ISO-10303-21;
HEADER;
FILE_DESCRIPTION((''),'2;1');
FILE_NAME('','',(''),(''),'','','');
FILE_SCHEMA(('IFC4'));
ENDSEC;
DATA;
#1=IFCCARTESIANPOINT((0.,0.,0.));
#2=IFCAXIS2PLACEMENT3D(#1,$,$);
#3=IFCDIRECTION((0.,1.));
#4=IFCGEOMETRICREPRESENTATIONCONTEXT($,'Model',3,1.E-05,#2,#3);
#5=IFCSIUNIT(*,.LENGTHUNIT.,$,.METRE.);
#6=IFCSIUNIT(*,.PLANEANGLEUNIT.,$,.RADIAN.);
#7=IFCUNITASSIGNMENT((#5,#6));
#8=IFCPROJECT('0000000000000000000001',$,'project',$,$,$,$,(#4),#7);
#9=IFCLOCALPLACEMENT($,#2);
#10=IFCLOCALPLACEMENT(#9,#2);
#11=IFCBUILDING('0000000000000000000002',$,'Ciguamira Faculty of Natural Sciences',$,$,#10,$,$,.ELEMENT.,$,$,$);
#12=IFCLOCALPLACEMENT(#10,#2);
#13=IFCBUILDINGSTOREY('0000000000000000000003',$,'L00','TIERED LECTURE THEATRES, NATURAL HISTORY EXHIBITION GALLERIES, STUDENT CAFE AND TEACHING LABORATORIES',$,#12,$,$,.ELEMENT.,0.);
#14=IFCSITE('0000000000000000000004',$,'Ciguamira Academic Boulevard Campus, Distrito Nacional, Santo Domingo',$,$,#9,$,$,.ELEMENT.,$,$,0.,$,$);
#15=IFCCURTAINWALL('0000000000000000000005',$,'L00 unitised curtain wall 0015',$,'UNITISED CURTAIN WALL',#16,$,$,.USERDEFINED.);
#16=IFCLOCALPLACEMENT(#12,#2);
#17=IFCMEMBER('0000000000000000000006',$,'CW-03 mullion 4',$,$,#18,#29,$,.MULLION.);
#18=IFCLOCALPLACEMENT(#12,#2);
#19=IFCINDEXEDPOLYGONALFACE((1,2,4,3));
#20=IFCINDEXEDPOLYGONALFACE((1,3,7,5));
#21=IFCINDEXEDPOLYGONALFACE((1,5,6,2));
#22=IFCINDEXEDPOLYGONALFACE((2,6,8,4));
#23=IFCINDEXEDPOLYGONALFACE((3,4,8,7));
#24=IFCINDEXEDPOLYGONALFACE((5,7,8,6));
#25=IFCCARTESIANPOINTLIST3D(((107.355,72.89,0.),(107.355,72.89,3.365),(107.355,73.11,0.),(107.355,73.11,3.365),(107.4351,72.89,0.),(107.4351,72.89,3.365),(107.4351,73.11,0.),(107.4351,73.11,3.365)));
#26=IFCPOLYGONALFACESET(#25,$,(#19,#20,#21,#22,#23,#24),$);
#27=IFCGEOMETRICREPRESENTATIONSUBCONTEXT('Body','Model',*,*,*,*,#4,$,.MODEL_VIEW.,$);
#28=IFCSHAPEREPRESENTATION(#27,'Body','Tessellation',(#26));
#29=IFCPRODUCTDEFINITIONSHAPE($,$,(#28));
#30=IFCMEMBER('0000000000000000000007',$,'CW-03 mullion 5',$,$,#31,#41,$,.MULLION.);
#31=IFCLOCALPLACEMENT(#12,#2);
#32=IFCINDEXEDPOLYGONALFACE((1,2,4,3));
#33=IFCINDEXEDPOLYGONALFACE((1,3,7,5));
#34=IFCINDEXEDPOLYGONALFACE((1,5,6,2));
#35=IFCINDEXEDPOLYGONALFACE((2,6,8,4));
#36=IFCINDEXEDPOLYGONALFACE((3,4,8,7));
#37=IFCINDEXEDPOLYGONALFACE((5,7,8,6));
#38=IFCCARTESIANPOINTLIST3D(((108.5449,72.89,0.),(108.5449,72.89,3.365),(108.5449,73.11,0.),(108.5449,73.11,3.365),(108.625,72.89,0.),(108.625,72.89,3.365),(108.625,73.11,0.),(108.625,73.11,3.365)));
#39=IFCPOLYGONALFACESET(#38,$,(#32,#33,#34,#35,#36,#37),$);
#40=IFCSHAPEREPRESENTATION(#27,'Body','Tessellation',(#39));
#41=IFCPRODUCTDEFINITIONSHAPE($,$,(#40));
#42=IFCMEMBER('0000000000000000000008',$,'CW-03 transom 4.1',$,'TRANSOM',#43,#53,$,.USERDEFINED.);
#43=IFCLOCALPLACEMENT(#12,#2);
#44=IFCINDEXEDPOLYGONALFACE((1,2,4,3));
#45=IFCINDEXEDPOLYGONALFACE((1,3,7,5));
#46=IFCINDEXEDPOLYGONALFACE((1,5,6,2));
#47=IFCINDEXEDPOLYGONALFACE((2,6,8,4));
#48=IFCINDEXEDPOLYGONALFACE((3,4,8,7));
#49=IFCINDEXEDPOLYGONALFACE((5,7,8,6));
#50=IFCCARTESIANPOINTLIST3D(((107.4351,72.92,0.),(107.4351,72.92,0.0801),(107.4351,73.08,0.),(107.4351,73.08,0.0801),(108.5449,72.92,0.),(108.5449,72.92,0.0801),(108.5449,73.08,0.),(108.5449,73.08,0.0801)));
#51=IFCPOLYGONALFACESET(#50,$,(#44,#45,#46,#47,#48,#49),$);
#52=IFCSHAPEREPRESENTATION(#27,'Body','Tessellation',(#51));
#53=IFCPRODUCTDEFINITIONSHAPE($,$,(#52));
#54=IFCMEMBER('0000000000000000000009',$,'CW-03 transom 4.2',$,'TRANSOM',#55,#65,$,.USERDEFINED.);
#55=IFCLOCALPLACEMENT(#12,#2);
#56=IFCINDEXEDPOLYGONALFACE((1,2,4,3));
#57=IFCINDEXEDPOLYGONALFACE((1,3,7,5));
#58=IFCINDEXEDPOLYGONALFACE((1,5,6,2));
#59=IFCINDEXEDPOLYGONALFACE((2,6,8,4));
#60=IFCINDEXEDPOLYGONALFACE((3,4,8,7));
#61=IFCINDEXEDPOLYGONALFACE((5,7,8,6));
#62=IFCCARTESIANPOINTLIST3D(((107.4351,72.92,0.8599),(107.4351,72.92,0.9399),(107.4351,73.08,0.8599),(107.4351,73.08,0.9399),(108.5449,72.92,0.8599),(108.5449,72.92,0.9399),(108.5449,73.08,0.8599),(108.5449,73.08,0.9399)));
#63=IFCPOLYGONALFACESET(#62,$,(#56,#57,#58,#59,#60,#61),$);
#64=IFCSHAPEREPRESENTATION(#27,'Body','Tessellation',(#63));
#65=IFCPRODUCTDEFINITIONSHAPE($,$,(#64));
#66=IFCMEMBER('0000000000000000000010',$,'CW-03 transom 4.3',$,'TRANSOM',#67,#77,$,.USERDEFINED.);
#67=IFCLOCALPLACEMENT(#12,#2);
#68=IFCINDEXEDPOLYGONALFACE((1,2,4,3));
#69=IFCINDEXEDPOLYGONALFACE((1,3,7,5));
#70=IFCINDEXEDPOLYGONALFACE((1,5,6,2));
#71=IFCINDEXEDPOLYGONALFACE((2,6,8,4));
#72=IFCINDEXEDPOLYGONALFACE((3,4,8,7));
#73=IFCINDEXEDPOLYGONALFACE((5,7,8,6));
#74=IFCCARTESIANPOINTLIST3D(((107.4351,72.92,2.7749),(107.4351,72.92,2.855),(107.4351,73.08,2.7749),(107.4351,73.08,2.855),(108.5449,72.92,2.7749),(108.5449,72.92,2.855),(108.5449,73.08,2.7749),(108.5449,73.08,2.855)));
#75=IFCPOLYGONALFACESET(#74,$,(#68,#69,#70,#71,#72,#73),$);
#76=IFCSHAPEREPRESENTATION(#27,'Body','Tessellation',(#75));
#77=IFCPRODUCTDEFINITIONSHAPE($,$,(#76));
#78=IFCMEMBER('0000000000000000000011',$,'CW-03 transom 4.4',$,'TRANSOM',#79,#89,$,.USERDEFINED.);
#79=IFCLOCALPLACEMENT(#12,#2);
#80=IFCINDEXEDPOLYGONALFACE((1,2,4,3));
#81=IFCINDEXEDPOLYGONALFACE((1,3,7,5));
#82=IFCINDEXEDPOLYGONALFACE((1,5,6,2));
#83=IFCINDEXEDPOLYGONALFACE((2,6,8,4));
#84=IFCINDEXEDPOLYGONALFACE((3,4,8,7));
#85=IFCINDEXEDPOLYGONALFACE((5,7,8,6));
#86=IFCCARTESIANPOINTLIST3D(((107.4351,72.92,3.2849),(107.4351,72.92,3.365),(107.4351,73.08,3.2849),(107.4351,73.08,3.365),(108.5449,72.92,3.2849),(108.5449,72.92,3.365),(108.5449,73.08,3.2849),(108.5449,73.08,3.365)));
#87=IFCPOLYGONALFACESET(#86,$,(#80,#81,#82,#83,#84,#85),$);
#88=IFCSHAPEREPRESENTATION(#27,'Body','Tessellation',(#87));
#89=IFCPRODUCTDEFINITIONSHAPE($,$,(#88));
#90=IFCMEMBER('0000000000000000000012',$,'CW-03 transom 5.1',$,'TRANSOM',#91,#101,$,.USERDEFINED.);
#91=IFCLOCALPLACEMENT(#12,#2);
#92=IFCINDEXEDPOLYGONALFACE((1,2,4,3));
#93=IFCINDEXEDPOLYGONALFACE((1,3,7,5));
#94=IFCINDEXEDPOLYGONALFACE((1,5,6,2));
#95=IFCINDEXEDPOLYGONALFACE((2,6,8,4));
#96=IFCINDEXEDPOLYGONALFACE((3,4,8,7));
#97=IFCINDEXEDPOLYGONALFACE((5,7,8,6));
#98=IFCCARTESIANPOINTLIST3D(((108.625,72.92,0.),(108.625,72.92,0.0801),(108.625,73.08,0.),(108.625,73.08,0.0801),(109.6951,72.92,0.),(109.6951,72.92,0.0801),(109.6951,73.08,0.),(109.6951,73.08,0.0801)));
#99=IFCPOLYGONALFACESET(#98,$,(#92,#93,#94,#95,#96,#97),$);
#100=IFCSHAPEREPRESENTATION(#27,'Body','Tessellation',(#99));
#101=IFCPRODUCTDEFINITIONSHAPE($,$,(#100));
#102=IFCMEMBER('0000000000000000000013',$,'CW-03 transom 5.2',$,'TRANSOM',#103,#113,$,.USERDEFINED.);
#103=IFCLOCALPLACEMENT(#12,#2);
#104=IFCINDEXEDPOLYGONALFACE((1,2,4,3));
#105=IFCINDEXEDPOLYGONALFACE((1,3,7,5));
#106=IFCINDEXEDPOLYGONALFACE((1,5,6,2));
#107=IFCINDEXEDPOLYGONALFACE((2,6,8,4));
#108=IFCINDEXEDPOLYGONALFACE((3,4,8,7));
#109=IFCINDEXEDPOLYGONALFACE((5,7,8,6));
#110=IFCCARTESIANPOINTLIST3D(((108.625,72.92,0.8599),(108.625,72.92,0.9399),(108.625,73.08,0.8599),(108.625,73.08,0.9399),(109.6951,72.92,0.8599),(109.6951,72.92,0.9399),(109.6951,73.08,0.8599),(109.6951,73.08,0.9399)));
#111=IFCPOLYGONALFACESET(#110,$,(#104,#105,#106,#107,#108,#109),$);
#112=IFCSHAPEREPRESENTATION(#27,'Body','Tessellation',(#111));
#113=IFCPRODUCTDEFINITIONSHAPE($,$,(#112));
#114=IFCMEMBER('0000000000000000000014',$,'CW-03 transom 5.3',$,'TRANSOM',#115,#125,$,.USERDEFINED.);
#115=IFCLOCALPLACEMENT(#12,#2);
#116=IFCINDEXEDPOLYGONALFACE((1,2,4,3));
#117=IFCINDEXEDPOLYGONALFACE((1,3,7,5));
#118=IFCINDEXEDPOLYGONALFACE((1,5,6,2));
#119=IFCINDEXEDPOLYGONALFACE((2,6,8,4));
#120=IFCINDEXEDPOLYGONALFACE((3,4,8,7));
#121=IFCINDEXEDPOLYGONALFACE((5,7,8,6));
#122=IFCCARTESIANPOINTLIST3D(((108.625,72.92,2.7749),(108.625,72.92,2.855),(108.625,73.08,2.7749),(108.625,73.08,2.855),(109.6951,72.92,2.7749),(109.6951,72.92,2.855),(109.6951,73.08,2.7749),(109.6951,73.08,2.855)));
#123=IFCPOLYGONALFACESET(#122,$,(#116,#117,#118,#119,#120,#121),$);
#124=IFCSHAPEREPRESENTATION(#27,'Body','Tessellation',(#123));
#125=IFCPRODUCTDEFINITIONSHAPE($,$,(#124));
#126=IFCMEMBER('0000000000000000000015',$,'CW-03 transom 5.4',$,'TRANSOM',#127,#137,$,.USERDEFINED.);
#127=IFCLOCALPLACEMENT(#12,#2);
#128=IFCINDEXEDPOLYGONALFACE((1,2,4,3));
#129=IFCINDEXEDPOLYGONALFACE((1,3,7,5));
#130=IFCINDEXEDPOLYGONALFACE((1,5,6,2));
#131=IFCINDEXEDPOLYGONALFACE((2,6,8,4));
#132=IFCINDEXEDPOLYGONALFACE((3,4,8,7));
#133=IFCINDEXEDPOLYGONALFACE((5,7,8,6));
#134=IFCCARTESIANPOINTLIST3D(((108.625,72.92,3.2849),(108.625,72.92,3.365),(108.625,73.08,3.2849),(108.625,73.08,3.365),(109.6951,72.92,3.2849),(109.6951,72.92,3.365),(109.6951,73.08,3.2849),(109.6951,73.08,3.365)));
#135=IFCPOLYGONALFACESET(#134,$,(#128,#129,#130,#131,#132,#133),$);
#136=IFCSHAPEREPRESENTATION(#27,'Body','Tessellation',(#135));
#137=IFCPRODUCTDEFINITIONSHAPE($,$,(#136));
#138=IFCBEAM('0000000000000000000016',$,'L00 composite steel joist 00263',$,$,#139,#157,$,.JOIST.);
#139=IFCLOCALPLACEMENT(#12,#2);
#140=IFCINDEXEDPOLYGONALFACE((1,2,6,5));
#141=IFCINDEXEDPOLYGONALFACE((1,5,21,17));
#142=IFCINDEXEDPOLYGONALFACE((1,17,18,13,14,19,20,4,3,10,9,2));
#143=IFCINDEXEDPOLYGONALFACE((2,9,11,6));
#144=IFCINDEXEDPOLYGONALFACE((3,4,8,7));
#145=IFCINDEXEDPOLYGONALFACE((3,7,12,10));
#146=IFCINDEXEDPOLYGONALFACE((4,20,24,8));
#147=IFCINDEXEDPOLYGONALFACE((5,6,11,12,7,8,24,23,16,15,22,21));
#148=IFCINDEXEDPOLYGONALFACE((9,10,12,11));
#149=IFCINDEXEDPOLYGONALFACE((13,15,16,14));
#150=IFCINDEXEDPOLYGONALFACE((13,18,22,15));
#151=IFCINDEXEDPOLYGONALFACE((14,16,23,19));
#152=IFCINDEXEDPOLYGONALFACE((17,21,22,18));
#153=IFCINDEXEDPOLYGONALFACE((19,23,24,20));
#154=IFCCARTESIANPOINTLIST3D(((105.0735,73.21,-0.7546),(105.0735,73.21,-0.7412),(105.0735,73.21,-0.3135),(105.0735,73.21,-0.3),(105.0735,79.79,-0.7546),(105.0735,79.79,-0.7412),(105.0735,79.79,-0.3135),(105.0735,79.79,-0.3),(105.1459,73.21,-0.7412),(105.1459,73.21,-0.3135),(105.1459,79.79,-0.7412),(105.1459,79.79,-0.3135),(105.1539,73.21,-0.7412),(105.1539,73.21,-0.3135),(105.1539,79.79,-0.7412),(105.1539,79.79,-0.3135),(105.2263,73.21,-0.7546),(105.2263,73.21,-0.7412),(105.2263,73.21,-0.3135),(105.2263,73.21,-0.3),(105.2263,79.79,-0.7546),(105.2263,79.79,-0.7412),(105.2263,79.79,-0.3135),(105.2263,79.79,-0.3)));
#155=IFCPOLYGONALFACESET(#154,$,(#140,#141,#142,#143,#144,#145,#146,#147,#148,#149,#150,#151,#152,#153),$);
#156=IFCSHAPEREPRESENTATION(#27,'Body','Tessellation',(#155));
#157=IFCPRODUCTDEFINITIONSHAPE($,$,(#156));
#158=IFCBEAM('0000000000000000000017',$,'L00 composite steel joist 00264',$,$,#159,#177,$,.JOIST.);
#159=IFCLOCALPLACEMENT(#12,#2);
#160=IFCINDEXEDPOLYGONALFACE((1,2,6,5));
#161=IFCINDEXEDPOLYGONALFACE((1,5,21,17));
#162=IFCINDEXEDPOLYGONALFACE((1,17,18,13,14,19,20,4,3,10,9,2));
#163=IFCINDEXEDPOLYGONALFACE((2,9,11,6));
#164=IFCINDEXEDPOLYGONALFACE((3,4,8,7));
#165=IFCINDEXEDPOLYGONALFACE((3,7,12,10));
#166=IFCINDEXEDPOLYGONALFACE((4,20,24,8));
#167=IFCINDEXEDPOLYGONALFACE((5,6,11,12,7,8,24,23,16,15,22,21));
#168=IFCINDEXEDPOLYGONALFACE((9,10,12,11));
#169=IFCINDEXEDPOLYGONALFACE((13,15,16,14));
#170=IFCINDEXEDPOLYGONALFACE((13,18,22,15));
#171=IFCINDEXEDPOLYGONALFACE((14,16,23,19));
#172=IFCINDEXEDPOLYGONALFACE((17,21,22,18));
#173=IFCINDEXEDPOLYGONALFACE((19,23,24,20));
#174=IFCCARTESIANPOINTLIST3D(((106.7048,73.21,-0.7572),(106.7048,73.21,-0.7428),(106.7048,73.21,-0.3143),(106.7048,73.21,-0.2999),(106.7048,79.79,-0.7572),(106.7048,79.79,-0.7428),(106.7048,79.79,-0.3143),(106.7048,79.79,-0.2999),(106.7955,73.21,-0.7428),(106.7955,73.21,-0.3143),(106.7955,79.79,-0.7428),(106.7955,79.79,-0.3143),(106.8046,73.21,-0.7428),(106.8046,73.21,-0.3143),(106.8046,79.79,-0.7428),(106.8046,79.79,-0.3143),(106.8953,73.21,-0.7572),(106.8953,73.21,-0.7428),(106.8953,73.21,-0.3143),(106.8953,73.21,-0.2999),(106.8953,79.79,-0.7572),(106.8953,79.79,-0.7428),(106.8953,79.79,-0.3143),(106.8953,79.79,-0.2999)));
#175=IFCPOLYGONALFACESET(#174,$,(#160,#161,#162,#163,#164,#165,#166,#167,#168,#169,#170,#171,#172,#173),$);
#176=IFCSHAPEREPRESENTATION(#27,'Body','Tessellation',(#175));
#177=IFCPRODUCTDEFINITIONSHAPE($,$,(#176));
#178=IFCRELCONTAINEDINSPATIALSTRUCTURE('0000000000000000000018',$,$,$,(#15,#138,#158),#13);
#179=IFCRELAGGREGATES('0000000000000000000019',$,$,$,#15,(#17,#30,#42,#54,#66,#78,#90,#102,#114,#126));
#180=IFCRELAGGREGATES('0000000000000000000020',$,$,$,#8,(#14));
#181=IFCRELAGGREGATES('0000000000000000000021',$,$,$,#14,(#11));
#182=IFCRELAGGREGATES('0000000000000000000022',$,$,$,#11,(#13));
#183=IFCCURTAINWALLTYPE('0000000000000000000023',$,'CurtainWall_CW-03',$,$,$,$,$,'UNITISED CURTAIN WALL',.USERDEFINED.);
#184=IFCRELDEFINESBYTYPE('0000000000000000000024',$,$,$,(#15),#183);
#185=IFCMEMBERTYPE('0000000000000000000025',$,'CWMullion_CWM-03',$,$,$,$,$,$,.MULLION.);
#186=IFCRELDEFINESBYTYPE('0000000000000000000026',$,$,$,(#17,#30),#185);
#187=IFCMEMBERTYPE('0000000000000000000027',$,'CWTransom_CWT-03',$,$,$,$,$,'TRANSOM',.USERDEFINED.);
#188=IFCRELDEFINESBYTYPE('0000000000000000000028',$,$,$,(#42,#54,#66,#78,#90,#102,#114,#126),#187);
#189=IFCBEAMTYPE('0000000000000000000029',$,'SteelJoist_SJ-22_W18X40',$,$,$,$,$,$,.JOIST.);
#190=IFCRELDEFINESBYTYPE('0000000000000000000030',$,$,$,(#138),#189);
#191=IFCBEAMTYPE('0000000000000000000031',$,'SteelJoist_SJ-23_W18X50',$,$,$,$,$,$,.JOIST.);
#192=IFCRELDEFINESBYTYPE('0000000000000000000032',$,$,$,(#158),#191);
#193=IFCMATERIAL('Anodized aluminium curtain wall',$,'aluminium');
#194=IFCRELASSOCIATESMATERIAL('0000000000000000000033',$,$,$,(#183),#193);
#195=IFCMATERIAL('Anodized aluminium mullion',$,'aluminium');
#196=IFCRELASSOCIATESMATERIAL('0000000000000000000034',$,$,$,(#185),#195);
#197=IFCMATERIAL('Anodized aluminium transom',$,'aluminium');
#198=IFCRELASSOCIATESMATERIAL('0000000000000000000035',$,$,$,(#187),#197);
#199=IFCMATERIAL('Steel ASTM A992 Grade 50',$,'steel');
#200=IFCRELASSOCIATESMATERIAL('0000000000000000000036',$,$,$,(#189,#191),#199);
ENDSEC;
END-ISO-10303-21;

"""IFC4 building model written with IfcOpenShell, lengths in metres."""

from ifc_helpers import new_model, si_unit, direction, frame, origin, origin_2d, place, context, subcontext, project, spatial, rectangle, i_section, extrude, material, material_profile, profile_set, type_object, element, aggregate, save


model = new_model("IFC4")

# Units and contexts
model_context = context("Model", 3, precision=1e-05, world=origin(), true_north=direction((0.0, 1.0)))
body_context = subcontext(model_context, "Body", "Model", "MODEL_VIEW")
ifc_project = project(units=[si_unit("LENGTHUNIT", "METRE"), si_unit("PLANEANGLEUNIT", "RADIAN")], contexts=[model_context])

# Site, building, storey
site_placement = place(None, origin())
site = spatial("IfcSite", under=ifc_project, at=site_placement, Name="Ciguamira Academic Boulevard Campus, Distrito Nacional, Santo Domingo", CompositionType="ELEMENT", RefElevation=0.0)
building_placement = place(site_placement, origin())
building = spatial("IfcBuilding", under=site, at=building_placement, Name="Ciguamira Faculty of Natural Sciences", CompositionType="ELEMENT")
storey_placement = place(building_placement, origin())
storey = spatial("IfcBuildingStorey", under=building, at=storey_placement, Name="L00", Description="TIERED LECTURE THEATRES, NATURAL HISTORY EXHIBITION GALLERIES, STUDENT CAFE AND TEACHING LABORATORIES", CompositionType="ELEMENT", Elevation=0.0)

# Curtain wall, members
ifc_material_1 = material(Name="Anodized aluminium curtain wall", Category="aluminium")
curtain_wall_type = type_object("IfcCurtainWallType", Name="CurtainWall_CW-03", ElementType="UNITISED CURTAIN WALL", PredefinedType="USERDEFINED", material=ifc_material_1)
curtain_wall_placement = place(storey_placement, origin())
curtain_wall = element("IfcCurtainWall", 1, at=curtain_wall_placement, inside=storey, type_object=curtain_wall_type, Name="L00 unitised curtain wall 0015", ObjectType="UNITISED CURTAIN WALL", PredefinedType="USERDEFINED")
ifc_material_2 = material(Name="Anodized aluminium mullion", Category="aluminium")
ifc_material_profile_1 = material_profile(ifc_material_2, rectangle(XDim=0.0801, YDim=0.22, at=origin_2d()), Name="ALU-MUL-80X220")
ifc_profile_set_1 = profile_set([ifc_material_profile_1], Name="Anodized aluminium mullion")
member_type_1 = type_object("IfcMemberType", Name="CWMullion_CWM-03", PredefinedType="MULLION", material=ifc_profile_set_1)
member_1_placement = place(storey_placement, frame((107.395, 73.0, 0.0), z_axis=(0.0, 0.0, 1.0), x_axis=(1.0, 0.0, 0.0)))
member_1 = element("IfcMember", 2, at=member_1_placement, type_object=member_type_1, Name="CW-03 mullion 4", PredefinedType="MULLION", context=body_context, shape_type="SweptSolid", body=[
    extrude(rectangle(XDim=0.0801, YDim=0.22, at=origin_2d()), origin(), (0.0, 0.0, 1.0), 3.365),
])
member_2_placement = place(storey_placement, frame((108.585, 73.0, 0.0), z_axis=(0.0, 0.0, 1.0), x_axis=(1.0, 0.0, 0.0)))
member_2 = element("IfcMember", 3, at=member_2_placement, type_object=member_type_1, Name="CW-03 mullion 5", PredefinedType="MULLION", context=body_context, shape_type="SweptSolid", body=[
    extrude(rectangle(XDim=0.0801, YDim=0.22, at=origin_2d()), origin(), (0.0, 0.0, 1.0), 3.365),
])
ifc_material_3 = material(Name="Anodized aluminium transom", Category="aluminium")
ifc_material_profile_2 = material_profile(ifc_material_3, rectangle(XDim=0.0801, YDim=0.1599, at=origin_2d()), Name="ALU-TRN-80X160")
ifc_profile_set_2 = profile_set([ifc_material_profile_2], Name="Anodized aluminium transom")
member_type_2 = type_object("IfcMemberType", Name="CWTransom_CWT-03", ElementType="TRANSOM", PredefinedType="USERDEFINED", material=ifc_profile_set_2)
member_3_placement = place(storey_placement, frame((107.4351, 73.0, 0.04), z_axis=(1.0, 0.0, 0.0), x_axis=(0.0, 0.0, 1.0)))
member_3 = element("IfcMember", 4, at=member_3_placement, type_object=member_type_2, Name="CW-03 transom 4.1", ObjectType="TRANSOM", PredefinedType="USERDEFINED", context=body_context, shape_type="SweptSolid", body=[
    extrude(rectangle(XDim=0.0801, YDim=0.1599, at=origin_2d()), origin(), (0.0, 0.0, 1.0), 1.1099),
])
member_4_placement = place(storey_placement, frame((107.4351, 73.0, 0.8999), z_axis=(1.0, 0.0, 0.0), x_axis=(0.0, 0.0, 1.0)))
member_4 = element("IfcMember", 5, at=member_4_placement, type_object=member_type_2, Name="CW-03 transom 4.2", ObjectType="TRANSOM", PredefinedType="USERDEFINED", context=body_context, shape_type="SweptSolid", body=[
    extrude(rectangle(XDim=0.0801, YDim=0.1599, at=origin_2d()), origin(), (0.0, 0.0, 1.0), 1.1099),
])
member_5_placement = place(storey_placement, frame((107.4351, 73.0, 2.8149), z_axis=(1.0, 0.0, 0.0), x_axis=(0.0, 0.0, 1.0)))
member_5 = element("IfcMember", 6, at=member_5_placement, type_object=member_type_2, Name="CW-03 transom 4.3", ObjectType="TRANSOM", PredefinedType="USERDEFINED", context=body_context, shape_type="SweptSolid", body=[
    extrude(rectangle(XDim=0.0801, YDim=0.1599, at=origin_2d()), origin(), (0.0, 0.0, 1.0), 1.1099),
])
member_6_placement = place(storey_placement, frame((107.4351, 73.0, 3.325), z_axis=(1.0, 0.0, 0.0), x_axis=(0.0, 0.0, 1.0)))
member_6 = element("IfcMember", 7, at=member_6_placement, type_object=member_type_2, Name="CW-03 transom 4.4", ObjectType="TRANSOM", PredefinedType="USERDEFINED", context=body_context, shape_type="SweptSolid", body=[
    extrude(rectangle(XDim=0.0801, YDim=0.1599, at=origin_2d()), origin(), (0.0, 0.0, 1.0), 1.1099),
])
member_7_placement = place(storey_placement, frame((108.625, 73.0, 0.04), z_axis=(1.0, 0.0, 0.0), x_axis=(0.0, 0.0, 1.0)))
member_7 = element("IfcMember", 8, at=member_7_placement, type_object=member_type_2, Name="CW-03 transom 5.1", ObjectType="TRANSOM", PredefinedType="USERDEFINED", context=body_context, shape_type="SweptSolid", body=[
    extrude(rectangle(XDim=0.0801, YDim=0.1599, at=origin_2d()), origin(), (0.0, 0.0, 1.0), 1.0701),
])
member_8_placement = place(storey_placement, frame((108.625, 73.0, 0.8999), z_axis=(1.0, 0.0, 0.0), x_axis=(0.0, 0.0, 1.0)))
member_8 = element("IfcMember", 9, at=member_8_placement, type_object=member_type_2, Name="CW-03 transom 5.2", ObjectType="TRANSOM", PredefinedType="USERDEFINED", context=body_context, shape_type="SweptSolid", body=[
    extrude(rectangle(XDim=0.0801, YDim=0.1599, at=origin_2d()), origin(), (0.0, 0.0, 1.0), 1.0701),
])
member_9_placement = place(storey_placement, frame((108.625, 73.0, 2.8149), z_axis=(1.0, 0.0, 0.0), x_axis=(0.0, 0.0, 1.0)))
member_9 = element("IfcMember", 10, at=member_9_placement, type_object=member_type_2, Name="CW-03 transom 5.3", ObjectType="TRANSOM", PredefinedType="USERDEFINED", context=body_context, shape_type="SweptSolid", body=[
    extrude(rectangle(XDim=0.0801, YDim=0.1599, at=origin_2d()), origin(), (0.0, 0.0, 1.0), 1.0701),
])
member_10_placement = place(storey_placement, frame((108.625, 73.0, 3.325), z_axis=(1.0, 0.0, 0.0), x_axis=(0.0, 0.0, 1.0)))
member_10 = element("IfcMember", 11, at=member_10_placement, type_object=member_type_2, Name="CW-03 transom 5.4", ObjectType="TRANSOM", PredefinedType="USERDEFINED", context=body_context, shape_type="SweptSolid", body=[
    extrude(rectangle(XDim=0.0801, YDim=0.1599, at=origin_2d()), origin(), (0.0, 0.0, 1.0), 1.0701),
])

# Beams
ifc_material_4 = material(Name="Steel ASTM A992 Grade 50", Category="steel")
ifc_material_profile_3 = material_profile(ifc_material_4, i_section(OverallWidth=0.1528, OverallDepth=0.4546, WebThickness=0.0081, FlangeThickness=0.0134, at=origin_2d()), Name="W18X40")
ifc_profile_set_3 = profile_set([ifc_material_profile_3], Name="Steel ASTM A992 Grade 50")
beam_type_1 = type_object("IfcBeamType", Name="SteelJoist_SJ-22_W18X40", PredefinedType="JOIST", material=ifc_profile_set_3)
beam_1_placement = place(storey_placement, frame((105.1499, 73.21, -0.5273), z_axis=(0.0, 1.0, 0.0), x_axis=(-1.0, 0.0, 0.0)))
element("IfcBeam", 12, at=beam_1_placement, inside=storey, type_object=beam_type_1, Name="L00 composite steel joist 00263", PredefinedType="JOIST", context=body_context, shape_type="SweptSolid", body=[
    extrude(i_section(OverallWidth=0.1528, OverallDepth=0.4546, WebThickness=0.0081, FlangeThickness=0.0134, at=origin_2d()), origin(), (0.0, 0.0, 1.0), 6.5801),
])
ifc_material_profile_4 = material_profile(ifc_material_4, i_section(OverallWidth=0.1904, OverallDepth=0.4573, WebThickness=0.009, FlangeThickness=0.0144, at=origin_2d()), Name="W18X50")
ifc_profile_set_4 = profile_set([ifc_material_profile_4], Name="Steel ASTM A992 Grade 50")
beam_type_2 = type_object("IfcBeamType", Name="SteelJoist_SJ-23_W18X50", PredefinedType="JOIST", material=ifc_profile_set_4)
beam_2_placement = place(storey_placement, frame((106.8, 73.21, -0.5286), z_axis=(0.0, 1.0, 0.0), x_axis=(-1.0, 0.0, 0.0)))
element("IfcBeam", 13, at=beam_2_placement, inside=storey, type_object=beam_type_2, Name="L00 composite steel joist 00264", PredefinedType="JOIST", context=body_context, shape_type="SweptSolid", body=[
    extrude(i_section(OverallWidth=0.1904, OverallDepth=0.4573, WebThickness=0.009, FlangeThickness=0.0144, at=origin_2d()), origin(), (0.0, 0.0, 1.0), 6.5801),
])

aggregate(curtain_wall, [member_1, member_2, member_3, member_4, member_5, member_6, member_7, member_8, member_9, member_10])

save(model, "model.ifc")
